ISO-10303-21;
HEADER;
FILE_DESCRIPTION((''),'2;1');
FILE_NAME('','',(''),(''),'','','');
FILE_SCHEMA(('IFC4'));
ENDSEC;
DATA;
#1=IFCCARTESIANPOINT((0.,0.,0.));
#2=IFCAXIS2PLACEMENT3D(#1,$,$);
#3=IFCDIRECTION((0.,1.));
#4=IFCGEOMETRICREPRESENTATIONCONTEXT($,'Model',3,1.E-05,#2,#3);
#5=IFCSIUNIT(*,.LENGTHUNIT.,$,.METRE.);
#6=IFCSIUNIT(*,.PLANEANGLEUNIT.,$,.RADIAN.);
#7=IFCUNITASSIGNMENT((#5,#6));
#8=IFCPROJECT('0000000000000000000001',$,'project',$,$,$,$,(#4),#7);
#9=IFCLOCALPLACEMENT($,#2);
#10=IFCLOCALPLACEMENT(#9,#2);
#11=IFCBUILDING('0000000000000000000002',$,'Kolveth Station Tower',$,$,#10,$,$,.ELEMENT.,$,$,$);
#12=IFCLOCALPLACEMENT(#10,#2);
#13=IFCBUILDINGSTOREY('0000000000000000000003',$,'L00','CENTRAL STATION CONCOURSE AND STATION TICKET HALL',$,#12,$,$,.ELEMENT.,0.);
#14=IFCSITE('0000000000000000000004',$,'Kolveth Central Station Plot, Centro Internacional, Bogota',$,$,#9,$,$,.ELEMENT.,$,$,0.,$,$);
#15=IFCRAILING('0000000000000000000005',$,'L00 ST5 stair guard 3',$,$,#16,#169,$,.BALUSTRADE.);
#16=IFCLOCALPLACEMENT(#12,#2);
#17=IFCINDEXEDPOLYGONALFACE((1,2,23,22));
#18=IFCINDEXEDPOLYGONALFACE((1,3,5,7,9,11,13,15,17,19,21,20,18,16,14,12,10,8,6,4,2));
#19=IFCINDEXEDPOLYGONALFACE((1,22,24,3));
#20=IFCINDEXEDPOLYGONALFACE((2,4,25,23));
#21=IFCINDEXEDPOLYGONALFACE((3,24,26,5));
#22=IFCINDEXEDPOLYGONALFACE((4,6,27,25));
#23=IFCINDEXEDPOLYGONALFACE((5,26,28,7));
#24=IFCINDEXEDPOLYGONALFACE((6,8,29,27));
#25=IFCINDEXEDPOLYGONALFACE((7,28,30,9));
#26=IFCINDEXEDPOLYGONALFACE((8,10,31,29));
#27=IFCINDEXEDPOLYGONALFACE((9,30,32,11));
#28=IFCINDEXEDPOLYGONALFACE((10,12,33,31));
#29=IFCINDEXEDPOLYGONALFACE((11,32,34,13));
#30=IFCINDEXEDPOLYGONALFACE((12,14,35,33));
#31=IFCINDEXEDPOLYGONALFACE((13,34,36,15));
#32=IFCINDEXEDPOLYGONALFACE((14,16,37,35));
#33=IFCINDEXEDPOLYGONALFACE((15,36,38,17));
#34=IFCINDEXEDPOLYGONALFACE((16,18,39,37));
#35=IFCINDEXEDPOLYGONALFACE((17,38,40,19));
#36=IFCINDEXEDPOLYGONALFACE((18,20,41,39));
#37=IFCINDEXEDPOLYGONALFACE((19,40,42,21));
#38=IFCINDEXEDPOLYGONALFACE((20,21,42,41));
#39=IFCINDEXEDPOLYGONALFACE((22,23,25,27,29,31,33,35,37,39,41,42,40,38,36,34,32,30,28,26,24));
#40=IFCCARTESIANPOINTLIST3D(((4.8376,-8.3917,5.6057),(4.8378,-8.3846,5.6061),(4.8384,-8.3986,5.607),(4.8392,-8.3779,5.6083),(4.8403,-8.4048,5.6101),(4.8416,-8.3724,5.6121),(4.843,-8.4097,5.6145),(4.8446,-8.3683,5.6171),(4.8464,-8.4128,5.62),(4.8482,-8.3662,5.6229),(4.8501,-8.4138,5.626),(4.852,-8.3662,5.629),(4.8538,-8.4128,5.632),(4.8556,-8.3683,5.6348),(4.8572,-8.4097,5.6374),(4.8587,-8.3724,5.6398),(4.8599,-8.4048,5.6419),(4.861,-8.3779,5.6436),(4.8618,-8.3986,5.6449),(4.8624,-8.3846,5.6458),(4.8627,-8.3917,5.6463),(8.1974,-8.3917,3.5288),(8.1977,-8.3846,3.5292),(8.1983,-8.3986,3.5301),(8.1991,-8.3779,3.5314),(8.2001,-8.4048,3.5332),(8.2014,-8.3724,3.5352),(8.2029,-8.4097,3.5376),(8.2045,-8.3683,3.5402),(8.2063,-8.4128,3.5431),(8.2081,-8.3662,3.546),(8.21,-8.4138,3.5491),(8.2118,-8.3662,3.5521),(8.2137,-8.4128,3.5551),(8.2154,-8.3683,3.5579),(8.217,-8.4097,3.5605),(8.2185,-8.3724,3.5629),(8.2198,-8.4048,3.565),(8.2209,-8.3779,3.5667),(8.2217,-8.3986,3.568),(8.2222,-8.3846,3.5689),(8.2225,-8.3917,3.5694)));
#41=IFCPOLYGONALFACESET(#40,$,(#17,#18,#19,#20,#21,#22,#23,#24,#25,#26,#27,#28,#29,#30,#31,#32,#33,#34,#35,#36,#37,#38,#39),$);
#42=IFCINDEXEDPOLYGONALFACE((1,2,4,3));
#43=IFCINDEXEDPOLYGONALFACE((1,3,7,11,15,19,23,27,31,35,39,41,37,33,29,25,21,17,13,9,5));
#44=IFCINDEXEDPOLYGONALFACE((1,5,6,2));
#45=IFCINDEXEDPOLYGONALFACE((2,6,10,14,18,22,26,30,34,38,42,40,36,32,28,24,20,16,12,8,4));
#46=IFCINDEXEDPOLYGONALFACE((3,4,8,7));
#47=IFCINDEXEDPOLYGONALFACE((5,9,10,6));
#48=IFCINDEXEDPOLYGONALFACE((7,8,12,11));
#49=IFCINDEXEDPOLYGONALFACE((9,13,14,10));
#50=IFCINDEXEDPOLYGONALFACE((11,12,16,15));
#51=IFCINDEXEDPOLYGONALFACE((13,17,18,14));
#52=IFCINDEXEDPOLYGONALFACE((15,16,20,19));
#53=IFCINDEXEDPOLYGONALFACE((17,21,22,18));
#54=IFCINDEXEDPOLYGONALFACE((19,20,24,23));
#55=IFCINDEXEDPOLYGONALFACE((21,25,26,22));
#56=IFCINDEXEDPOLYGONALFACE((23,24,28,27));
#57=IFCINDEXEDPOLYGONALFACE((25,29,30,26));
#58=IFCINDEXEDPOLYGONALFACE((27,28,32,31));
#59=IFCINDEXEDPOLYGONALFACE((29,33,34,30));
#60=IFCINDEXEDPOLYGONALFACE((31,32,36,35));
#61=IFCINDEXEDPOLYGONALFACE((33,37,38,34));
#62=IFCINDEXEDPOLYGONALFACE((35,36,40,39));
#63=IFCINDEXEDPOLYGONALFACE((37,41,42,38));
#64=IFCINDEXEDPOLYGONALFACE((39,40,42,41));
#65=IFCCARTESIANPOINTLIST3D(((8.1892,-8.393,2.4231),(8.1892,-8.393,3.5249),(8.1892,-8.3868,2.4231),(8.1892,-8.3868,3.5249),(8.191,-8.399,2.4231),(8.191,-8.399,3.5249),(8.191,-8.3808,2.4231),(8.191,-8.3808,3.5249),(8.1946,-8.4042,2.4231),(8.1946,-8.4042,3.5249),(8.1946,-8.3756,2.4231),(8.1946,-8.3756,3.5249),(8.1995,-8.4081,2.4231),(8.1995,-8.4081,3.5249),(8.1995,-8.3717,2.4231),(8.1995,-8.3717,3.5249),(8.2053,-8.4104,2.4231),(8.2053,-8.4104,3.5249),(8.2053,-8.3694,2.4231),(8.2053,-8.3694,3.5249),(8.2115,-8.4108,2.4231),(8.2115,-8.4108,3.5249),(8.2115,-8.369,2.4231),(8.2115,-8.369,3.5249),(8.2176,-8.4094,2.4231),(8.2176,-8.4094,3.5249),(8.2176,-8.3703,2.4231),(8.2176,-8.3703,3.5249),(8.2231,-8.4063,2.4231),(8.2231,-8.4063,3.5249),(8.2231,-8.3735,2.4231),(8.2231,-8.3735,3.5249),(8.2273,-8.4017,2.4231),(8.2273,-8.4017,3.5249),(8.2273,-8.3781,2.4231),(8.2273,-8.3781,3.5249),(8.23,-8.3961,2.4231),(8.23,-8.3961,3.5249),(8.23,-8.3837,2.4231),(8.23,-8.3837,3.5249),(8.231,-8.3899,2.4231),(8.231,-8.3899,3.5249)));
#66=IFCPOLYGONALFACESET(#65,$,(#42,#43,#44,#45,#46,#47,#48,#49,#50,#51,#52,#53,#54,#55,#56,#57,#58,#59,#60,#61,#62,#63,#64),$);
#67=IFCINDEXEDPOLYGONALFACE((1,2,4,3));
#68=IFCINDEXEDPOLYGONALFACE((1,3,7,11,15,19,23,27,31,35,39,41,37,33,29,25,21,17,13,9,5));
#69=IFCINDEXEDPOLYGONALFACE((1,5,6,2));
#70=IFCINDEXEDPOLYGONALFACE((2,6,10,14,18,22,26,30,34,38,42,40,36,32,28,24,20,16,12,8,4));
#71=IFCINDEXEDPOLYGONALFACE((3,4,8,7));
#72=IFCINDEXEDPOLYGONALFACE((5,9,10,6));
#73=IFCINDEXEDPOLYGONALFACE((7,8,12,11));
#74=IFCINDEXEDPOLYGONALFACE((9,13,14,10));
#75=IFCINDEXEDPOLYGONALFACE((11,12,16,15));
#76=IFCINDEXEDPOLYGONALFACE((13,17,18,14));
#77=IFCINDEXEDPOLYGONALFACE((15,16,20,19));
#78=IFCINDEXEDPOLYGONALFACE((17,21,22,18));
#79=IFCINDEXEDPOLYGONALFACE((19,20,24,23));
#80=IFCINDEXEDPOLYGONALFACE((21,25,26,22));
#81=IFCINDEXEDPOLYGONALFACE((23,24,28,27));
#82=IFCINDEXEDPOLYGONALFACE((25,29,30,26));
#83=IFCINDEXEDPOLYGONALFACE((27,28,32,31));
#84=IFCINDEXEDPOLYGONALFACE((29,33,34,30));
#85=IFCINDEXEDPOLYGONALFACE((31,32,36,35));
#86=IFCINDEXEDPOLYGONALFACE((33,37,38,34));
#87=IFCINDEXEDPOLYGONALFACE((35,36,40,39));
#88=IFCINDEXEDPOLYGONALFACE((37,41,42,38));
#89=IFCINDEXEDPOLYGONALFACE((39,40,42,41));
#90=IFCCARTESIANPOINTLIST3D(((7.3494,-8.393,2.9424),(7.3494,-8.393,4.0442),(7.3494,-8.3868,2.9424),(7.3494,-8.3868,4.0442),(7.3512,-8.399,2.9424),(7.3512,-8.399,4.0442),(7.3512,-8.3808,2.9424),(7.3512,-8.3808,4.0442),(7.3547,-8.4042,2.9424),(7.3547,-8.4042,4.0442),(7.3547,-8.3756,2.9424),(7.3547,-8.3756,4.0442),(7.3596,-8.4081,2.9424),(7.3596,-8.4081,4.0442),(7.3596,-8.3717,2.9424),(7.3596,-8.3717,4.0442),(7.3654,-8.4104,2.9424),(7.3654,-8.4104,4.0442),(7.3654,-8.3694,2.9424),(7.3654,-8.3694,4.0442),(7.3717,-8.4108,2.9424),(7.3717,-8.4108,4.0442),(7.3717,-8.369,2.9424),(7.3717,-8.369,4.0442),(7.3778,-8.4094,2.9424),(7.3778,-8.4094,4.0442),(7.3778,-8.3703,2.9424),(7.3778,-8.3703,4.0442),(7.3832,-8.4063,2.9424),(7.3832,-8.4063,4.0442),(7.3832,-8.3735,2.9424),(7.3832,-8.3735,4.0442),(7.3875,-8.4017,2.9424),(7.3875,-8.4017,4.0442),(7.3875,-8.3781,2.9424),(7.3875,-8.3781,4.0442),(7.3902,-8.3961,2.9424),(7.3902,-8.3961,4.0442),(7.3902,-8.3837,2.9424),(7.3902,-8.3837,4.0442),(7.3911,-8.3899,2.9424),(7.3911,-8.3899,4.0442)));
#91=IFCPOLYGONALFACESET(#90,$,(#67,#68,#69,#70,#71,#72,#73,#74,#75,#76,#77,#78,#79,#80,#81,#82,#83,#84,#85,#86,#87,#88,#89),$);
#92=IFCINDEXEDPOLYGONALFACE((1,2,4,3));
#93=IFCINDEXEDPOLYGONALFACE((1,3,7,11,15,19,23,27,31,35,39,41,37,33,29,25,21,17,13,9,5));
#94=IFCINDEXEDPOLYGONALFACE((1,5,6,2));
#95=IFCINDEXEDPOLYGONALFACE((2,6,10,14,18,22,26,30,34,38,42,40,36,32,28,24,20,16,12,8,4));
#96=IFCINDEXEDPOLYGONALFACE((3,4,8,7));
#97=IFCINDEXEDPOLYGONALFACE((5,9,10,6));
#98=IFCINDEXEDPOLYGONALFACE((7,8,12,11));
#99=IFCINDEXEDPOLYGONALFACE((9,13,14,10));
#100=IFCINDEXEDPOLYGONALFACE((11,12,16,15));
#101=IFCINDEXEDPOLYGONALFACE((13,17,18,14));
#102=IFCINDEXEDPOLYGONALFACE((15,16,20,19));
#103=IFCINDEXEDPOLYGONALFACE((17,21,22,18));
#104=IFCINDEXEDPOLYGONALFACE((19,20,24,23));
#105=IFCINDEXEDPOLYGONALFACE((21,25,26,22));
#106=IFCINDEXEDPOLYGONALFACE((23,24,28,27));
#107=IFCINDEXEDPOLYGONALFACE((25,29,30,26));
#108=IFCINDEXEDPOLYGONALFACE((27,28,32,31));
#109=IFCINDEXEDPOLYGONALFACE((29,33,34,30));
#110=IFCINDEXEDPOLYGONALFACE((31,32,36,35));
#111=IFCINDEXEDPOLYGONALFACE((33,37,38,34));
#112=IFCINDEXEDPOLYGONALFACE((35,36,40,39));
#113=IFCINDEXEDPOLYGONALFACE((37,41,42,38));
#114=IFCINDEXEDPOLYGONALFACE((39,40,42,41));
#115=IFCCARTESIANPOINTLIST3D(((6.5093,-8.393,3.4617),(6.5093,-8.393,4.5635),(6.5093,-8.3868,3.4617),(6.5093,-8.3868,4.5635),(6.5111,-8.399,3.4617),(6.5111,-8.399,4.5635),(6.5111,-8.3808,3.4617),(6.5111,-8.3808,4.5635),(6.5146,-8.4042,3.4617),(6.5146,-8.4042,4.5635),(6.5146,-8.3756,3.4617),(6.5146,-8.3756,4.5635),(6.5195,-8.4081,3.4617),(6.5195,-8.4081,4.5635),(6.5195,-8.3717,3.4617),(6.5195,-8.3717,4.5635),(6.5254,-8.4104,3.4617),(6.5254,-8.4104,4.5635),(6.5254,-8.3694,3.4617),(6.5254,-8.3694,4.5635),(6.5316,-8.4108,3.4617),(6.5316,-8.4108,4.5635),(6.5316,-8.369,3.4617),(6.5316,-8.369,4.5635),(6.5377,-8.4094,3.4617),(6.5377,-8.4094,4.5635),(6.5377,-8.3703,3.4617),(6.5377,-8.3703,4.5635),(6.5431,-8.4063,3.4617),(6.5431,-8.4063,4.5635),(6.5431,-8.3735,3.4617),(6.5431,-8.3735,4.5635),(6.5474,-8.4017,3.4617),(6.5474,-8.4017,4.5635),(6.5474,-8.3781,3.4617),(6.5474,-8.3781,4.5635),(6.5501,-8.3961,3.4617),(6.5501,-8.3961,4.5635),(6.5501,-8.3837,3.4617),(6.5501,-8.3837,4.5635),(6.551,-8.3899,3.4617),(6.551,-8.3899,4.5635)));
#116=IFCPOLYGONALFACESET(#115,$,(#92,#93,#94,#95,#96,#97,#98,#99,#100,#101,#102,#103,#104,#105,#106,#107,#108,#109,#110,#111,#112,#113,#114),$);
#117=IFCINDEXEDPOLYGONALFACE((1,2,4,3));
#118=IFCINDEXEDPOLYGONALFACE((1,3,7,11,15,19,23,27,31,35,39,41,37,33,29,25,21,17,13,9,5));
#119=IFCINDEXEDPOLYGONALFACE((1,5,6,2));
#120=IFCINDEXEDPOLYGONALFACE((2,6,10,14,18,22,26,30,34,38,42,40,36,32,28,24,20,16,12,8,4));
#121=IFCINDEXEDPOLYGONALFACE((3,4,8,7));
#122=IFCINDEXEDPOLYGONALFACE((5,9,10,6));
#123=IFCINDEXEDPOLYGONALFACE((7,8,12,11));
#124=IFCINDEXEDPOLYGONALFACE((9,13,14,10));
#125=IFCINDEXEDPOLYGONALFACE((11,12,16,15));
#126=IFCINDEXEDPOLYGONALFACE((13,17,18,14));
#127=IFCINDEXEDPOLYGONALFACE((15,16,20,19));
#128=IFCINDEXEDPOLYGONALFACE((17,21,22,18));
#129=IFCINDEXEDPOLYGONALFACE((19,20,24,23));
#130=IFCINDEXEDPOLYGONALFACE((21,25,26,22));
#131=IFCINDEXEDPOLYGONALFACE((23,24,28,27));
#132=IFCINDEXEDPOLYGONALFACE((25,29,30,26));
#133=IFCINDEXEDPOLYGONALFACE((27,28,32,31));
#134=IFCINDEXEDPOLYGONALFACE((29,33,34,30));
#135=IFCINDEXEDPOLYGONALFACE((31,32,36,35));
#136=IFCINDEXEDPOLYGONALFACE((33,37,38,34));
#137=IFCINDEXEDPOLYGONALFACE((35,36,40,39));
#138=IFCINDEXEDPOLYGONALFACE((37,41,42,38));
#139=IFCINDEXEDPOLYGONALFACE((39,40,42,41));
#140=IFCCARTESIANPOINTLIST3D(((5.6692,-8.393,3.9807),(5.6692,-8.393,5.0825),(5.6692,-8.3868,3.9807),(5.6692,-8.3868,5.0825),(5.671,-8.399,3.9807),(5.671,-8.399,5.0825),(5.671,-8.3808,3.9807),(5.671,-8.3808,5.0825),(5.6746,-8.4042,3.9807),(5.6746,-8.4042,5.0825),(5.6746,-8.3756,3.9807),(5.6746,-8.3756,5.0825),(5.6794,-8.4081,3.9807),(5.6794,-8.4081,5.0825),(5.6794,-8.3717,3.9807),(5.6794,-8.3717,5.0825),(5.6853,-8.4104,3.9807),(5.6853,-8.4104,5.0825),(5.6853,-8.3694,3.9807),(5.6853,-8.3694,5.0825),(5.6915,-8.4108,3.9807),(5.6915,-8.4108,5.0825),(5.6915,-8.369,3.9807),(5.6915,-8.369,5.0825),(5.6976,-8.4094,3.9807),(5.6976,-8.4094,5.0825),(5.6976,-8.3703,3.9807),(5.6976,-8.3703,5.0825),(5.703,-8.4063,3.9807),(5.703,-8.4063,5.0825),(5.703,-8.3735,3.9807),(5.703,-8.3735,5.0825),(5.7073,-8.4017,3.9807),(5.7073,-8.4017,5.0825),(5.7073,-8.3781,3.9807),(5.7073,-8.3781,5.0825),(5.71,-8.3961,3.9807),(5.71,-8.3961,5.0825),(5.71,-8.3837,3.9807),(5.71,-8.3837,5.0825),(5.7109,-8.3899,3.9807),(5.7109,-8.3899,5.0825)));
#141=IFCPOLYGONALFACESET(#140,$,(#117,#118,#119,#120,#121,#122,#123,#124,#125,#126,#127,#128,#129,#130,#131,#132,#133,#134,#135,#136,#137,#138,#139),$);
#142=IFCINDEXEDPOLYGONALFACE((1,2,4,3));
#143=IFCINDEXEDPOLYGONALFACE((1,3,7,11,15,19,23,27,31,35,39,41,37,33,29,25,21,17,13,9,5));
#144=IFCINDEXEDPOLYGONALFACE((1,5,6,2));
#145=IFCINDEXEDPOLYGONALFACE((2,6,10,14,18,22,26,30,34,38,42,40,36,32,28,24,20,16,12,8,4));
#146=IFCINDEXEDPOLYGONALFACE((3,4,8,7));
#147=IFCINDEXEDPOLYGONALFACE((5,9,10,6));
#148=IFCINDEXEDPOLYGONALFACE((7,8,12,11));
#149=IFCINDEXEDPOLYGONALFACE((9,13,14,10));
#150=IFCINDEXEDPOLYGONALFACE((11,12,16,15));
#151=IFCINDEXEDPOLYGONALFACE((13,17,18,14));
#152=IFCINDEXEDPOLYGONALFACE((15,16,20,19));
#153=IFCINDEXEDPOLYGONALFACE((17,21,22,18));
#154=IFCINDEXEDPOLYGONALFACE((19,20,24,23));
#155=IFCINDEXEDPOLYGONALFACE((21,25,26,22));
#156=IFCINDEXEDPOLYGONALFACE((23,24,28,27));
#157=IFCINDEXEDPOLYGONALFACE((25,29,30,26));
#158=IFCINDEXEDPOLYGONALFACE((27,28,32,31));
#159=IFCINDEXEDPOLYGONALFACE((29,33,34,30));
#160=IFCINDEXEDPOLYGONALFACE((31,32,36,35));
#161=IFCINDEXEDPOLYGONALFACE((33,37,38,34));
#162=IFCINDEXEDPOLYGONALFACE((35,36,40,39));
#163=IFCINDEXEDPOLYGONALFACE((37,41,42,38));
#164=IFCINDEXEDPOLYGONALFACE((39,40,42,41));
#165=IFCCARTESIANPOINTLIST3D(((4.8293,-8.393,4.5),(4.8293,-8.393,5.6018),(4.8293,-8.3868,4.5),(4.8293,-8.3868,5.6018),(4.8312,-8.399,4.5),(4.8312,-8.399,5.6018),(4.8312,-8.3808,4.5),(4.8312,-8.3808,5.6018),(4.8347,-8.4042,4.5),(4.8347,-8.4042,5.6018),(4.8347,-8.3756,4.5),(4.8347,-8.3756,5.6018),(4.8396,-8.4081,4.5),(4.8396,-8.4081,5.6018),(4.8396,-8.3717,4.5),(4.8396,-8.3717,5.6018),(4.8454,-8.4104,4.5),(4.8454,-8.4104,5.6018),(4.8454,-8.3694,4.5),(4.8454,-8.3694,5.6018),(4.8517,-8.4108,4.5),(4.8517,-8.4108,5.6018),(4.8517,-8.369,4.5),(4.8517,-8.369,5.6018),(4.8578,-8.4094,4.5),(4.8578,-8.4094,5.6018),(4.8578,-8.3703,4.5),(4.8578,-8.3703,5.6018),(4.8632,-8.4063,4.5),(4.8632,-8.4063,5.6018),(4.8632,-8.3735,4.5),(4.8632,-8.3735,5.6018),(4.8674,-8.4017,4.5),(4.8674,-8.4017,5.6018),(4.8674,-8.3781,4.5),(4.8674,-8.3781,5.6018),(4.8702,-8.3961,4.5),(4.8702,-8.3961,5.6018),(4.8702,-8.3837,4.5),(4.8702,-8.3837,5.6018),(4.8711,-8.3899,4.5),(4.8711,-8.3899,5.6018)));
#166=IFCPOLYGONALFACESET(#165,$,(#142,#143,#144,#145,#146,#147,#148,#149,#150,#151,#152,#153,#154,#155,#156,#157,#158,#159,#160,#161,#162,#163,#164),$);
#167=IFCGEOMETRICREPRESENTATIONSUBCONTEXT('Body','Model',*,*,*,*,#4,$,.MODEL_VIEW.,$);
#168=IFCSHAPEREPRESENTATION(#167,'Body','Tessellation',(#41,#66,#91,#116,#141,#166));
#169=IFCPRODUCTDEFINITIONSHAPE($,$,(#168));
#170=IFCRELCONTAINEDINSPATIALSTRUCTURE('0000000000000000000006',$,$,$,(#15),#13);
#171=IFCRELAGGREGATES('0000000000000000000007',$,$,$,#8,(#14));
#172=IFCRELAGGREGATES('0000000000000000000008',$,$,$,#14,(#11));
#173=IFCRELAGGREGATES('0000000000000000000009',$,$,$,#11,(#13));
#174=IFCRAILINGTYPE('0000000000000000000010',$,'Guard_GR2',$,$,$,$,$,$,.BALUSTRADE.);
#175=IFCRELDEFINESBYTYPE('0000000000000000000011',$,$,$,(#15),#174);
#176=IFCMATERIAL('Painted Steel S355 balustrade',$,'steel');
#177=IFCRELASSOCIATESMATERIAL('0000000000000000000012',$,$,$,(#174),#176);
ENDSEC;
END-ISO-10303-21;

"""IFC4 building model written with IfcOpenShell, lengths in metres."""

from ifc_helpers import new_model, si_unit, direction, frame, origin, origin_2d, place, context, subcontext, project, spatial, circle, extrude, material, type_object, element, save


model = new_model("IFC4")

# Units and contexts
model_context = context("Model", 3, precision=1e-05, world=origin(), true_north=direction((0.0, 1.0)))
body_context = subcontext(model_context, "Body", "Model", "MODEL_VIEW")
ifc_project = project(units=[si_unit("LENGTHUNIT", "METRE"), si_unit("PLANEANGLEUNIT", "RADIAN")], contexts=[model_context])

# Site, building, storey
site_placement = place(None, origin())
site = spatial("IfcSite", under=ifc_project, at=site_placement, Name="Kolveth Central Station Plot, Centro Internacional, Bogota", CompositionType="ELEMENT", RefElevation=0.0)
building_placement = place(site_placement, origin())
building = spatial("IfcBuilding", under=site, at=building_placement, Name="Kolveth Station Tower", CompositionType="ELEMENT")
storey_placement = place(building_placement, origin())
storey = spatial("IfcBuildingStorey", under=building, at=storey_placement, Name="L00", Description="CENTRAL STATION CONCOURSE AND STATION TICKET HALL", CompositionType="ELEMENT", Elevation=0.0)

# Railing
ifc_material_1 = material(Name="Painted Steel S355 balustrade", Category="steel")
railing_type_1 = type_object("IfcRailingType", Name="Guard_GR2", PredefinedType="BALUSTRADE", material=ifc_material_1)
railing_1_placement = place(storey_placement, frame((8.21, -8.3899, 2.4231)))
element("IfcRailing", 1, at=railing_1_placement, inside=storey, type_object=railing_type_1, Name="L00 ST5 stair guard 3", PredefinedType="BALUSTRADE", context=body_context, shape_type="SweptSolid", body=[
    extrude(circle(Radius=0.0239, at=origin_2d()), frame((0.0, 0.0, 1.126), z_axis=(-0.850606, 0.0, 0.525803), x_axis=(0.0, -1.0, 0.0)), (0.0, 0.0, 1.0), 3.95),
    extrude(circle(Radius=0.021, at=origin_2d()), origin(), (0.0, 0.0, 1.0), 1.1018),
    extrude(circle(Radius=0.021, at=origin_2d()), frame((-0.8398, 0.0, 0.5193)), (0.0, 0.0, 1.0), 1.1018),
    extrude(circle(Radius=0.021, at=origin_2d()), frame((-1.6799, 0.0, 1.0386)), (0.0, 0.0, 1.0), 1.1018),
    extrude(circle(Radius=0.021, at=origin_2d()), frame((-2.52, 0.0, 1.5576)), (0.0, 0.0, 1.0), 1.1018),
    extrude(circle(Radius=0.021, at=origin_2d()), frame((-3.3599, 0.0, 2.0769)), (0.0, 0.0, 1.0), 1.1018),
])

save(model, "model.ifc")
